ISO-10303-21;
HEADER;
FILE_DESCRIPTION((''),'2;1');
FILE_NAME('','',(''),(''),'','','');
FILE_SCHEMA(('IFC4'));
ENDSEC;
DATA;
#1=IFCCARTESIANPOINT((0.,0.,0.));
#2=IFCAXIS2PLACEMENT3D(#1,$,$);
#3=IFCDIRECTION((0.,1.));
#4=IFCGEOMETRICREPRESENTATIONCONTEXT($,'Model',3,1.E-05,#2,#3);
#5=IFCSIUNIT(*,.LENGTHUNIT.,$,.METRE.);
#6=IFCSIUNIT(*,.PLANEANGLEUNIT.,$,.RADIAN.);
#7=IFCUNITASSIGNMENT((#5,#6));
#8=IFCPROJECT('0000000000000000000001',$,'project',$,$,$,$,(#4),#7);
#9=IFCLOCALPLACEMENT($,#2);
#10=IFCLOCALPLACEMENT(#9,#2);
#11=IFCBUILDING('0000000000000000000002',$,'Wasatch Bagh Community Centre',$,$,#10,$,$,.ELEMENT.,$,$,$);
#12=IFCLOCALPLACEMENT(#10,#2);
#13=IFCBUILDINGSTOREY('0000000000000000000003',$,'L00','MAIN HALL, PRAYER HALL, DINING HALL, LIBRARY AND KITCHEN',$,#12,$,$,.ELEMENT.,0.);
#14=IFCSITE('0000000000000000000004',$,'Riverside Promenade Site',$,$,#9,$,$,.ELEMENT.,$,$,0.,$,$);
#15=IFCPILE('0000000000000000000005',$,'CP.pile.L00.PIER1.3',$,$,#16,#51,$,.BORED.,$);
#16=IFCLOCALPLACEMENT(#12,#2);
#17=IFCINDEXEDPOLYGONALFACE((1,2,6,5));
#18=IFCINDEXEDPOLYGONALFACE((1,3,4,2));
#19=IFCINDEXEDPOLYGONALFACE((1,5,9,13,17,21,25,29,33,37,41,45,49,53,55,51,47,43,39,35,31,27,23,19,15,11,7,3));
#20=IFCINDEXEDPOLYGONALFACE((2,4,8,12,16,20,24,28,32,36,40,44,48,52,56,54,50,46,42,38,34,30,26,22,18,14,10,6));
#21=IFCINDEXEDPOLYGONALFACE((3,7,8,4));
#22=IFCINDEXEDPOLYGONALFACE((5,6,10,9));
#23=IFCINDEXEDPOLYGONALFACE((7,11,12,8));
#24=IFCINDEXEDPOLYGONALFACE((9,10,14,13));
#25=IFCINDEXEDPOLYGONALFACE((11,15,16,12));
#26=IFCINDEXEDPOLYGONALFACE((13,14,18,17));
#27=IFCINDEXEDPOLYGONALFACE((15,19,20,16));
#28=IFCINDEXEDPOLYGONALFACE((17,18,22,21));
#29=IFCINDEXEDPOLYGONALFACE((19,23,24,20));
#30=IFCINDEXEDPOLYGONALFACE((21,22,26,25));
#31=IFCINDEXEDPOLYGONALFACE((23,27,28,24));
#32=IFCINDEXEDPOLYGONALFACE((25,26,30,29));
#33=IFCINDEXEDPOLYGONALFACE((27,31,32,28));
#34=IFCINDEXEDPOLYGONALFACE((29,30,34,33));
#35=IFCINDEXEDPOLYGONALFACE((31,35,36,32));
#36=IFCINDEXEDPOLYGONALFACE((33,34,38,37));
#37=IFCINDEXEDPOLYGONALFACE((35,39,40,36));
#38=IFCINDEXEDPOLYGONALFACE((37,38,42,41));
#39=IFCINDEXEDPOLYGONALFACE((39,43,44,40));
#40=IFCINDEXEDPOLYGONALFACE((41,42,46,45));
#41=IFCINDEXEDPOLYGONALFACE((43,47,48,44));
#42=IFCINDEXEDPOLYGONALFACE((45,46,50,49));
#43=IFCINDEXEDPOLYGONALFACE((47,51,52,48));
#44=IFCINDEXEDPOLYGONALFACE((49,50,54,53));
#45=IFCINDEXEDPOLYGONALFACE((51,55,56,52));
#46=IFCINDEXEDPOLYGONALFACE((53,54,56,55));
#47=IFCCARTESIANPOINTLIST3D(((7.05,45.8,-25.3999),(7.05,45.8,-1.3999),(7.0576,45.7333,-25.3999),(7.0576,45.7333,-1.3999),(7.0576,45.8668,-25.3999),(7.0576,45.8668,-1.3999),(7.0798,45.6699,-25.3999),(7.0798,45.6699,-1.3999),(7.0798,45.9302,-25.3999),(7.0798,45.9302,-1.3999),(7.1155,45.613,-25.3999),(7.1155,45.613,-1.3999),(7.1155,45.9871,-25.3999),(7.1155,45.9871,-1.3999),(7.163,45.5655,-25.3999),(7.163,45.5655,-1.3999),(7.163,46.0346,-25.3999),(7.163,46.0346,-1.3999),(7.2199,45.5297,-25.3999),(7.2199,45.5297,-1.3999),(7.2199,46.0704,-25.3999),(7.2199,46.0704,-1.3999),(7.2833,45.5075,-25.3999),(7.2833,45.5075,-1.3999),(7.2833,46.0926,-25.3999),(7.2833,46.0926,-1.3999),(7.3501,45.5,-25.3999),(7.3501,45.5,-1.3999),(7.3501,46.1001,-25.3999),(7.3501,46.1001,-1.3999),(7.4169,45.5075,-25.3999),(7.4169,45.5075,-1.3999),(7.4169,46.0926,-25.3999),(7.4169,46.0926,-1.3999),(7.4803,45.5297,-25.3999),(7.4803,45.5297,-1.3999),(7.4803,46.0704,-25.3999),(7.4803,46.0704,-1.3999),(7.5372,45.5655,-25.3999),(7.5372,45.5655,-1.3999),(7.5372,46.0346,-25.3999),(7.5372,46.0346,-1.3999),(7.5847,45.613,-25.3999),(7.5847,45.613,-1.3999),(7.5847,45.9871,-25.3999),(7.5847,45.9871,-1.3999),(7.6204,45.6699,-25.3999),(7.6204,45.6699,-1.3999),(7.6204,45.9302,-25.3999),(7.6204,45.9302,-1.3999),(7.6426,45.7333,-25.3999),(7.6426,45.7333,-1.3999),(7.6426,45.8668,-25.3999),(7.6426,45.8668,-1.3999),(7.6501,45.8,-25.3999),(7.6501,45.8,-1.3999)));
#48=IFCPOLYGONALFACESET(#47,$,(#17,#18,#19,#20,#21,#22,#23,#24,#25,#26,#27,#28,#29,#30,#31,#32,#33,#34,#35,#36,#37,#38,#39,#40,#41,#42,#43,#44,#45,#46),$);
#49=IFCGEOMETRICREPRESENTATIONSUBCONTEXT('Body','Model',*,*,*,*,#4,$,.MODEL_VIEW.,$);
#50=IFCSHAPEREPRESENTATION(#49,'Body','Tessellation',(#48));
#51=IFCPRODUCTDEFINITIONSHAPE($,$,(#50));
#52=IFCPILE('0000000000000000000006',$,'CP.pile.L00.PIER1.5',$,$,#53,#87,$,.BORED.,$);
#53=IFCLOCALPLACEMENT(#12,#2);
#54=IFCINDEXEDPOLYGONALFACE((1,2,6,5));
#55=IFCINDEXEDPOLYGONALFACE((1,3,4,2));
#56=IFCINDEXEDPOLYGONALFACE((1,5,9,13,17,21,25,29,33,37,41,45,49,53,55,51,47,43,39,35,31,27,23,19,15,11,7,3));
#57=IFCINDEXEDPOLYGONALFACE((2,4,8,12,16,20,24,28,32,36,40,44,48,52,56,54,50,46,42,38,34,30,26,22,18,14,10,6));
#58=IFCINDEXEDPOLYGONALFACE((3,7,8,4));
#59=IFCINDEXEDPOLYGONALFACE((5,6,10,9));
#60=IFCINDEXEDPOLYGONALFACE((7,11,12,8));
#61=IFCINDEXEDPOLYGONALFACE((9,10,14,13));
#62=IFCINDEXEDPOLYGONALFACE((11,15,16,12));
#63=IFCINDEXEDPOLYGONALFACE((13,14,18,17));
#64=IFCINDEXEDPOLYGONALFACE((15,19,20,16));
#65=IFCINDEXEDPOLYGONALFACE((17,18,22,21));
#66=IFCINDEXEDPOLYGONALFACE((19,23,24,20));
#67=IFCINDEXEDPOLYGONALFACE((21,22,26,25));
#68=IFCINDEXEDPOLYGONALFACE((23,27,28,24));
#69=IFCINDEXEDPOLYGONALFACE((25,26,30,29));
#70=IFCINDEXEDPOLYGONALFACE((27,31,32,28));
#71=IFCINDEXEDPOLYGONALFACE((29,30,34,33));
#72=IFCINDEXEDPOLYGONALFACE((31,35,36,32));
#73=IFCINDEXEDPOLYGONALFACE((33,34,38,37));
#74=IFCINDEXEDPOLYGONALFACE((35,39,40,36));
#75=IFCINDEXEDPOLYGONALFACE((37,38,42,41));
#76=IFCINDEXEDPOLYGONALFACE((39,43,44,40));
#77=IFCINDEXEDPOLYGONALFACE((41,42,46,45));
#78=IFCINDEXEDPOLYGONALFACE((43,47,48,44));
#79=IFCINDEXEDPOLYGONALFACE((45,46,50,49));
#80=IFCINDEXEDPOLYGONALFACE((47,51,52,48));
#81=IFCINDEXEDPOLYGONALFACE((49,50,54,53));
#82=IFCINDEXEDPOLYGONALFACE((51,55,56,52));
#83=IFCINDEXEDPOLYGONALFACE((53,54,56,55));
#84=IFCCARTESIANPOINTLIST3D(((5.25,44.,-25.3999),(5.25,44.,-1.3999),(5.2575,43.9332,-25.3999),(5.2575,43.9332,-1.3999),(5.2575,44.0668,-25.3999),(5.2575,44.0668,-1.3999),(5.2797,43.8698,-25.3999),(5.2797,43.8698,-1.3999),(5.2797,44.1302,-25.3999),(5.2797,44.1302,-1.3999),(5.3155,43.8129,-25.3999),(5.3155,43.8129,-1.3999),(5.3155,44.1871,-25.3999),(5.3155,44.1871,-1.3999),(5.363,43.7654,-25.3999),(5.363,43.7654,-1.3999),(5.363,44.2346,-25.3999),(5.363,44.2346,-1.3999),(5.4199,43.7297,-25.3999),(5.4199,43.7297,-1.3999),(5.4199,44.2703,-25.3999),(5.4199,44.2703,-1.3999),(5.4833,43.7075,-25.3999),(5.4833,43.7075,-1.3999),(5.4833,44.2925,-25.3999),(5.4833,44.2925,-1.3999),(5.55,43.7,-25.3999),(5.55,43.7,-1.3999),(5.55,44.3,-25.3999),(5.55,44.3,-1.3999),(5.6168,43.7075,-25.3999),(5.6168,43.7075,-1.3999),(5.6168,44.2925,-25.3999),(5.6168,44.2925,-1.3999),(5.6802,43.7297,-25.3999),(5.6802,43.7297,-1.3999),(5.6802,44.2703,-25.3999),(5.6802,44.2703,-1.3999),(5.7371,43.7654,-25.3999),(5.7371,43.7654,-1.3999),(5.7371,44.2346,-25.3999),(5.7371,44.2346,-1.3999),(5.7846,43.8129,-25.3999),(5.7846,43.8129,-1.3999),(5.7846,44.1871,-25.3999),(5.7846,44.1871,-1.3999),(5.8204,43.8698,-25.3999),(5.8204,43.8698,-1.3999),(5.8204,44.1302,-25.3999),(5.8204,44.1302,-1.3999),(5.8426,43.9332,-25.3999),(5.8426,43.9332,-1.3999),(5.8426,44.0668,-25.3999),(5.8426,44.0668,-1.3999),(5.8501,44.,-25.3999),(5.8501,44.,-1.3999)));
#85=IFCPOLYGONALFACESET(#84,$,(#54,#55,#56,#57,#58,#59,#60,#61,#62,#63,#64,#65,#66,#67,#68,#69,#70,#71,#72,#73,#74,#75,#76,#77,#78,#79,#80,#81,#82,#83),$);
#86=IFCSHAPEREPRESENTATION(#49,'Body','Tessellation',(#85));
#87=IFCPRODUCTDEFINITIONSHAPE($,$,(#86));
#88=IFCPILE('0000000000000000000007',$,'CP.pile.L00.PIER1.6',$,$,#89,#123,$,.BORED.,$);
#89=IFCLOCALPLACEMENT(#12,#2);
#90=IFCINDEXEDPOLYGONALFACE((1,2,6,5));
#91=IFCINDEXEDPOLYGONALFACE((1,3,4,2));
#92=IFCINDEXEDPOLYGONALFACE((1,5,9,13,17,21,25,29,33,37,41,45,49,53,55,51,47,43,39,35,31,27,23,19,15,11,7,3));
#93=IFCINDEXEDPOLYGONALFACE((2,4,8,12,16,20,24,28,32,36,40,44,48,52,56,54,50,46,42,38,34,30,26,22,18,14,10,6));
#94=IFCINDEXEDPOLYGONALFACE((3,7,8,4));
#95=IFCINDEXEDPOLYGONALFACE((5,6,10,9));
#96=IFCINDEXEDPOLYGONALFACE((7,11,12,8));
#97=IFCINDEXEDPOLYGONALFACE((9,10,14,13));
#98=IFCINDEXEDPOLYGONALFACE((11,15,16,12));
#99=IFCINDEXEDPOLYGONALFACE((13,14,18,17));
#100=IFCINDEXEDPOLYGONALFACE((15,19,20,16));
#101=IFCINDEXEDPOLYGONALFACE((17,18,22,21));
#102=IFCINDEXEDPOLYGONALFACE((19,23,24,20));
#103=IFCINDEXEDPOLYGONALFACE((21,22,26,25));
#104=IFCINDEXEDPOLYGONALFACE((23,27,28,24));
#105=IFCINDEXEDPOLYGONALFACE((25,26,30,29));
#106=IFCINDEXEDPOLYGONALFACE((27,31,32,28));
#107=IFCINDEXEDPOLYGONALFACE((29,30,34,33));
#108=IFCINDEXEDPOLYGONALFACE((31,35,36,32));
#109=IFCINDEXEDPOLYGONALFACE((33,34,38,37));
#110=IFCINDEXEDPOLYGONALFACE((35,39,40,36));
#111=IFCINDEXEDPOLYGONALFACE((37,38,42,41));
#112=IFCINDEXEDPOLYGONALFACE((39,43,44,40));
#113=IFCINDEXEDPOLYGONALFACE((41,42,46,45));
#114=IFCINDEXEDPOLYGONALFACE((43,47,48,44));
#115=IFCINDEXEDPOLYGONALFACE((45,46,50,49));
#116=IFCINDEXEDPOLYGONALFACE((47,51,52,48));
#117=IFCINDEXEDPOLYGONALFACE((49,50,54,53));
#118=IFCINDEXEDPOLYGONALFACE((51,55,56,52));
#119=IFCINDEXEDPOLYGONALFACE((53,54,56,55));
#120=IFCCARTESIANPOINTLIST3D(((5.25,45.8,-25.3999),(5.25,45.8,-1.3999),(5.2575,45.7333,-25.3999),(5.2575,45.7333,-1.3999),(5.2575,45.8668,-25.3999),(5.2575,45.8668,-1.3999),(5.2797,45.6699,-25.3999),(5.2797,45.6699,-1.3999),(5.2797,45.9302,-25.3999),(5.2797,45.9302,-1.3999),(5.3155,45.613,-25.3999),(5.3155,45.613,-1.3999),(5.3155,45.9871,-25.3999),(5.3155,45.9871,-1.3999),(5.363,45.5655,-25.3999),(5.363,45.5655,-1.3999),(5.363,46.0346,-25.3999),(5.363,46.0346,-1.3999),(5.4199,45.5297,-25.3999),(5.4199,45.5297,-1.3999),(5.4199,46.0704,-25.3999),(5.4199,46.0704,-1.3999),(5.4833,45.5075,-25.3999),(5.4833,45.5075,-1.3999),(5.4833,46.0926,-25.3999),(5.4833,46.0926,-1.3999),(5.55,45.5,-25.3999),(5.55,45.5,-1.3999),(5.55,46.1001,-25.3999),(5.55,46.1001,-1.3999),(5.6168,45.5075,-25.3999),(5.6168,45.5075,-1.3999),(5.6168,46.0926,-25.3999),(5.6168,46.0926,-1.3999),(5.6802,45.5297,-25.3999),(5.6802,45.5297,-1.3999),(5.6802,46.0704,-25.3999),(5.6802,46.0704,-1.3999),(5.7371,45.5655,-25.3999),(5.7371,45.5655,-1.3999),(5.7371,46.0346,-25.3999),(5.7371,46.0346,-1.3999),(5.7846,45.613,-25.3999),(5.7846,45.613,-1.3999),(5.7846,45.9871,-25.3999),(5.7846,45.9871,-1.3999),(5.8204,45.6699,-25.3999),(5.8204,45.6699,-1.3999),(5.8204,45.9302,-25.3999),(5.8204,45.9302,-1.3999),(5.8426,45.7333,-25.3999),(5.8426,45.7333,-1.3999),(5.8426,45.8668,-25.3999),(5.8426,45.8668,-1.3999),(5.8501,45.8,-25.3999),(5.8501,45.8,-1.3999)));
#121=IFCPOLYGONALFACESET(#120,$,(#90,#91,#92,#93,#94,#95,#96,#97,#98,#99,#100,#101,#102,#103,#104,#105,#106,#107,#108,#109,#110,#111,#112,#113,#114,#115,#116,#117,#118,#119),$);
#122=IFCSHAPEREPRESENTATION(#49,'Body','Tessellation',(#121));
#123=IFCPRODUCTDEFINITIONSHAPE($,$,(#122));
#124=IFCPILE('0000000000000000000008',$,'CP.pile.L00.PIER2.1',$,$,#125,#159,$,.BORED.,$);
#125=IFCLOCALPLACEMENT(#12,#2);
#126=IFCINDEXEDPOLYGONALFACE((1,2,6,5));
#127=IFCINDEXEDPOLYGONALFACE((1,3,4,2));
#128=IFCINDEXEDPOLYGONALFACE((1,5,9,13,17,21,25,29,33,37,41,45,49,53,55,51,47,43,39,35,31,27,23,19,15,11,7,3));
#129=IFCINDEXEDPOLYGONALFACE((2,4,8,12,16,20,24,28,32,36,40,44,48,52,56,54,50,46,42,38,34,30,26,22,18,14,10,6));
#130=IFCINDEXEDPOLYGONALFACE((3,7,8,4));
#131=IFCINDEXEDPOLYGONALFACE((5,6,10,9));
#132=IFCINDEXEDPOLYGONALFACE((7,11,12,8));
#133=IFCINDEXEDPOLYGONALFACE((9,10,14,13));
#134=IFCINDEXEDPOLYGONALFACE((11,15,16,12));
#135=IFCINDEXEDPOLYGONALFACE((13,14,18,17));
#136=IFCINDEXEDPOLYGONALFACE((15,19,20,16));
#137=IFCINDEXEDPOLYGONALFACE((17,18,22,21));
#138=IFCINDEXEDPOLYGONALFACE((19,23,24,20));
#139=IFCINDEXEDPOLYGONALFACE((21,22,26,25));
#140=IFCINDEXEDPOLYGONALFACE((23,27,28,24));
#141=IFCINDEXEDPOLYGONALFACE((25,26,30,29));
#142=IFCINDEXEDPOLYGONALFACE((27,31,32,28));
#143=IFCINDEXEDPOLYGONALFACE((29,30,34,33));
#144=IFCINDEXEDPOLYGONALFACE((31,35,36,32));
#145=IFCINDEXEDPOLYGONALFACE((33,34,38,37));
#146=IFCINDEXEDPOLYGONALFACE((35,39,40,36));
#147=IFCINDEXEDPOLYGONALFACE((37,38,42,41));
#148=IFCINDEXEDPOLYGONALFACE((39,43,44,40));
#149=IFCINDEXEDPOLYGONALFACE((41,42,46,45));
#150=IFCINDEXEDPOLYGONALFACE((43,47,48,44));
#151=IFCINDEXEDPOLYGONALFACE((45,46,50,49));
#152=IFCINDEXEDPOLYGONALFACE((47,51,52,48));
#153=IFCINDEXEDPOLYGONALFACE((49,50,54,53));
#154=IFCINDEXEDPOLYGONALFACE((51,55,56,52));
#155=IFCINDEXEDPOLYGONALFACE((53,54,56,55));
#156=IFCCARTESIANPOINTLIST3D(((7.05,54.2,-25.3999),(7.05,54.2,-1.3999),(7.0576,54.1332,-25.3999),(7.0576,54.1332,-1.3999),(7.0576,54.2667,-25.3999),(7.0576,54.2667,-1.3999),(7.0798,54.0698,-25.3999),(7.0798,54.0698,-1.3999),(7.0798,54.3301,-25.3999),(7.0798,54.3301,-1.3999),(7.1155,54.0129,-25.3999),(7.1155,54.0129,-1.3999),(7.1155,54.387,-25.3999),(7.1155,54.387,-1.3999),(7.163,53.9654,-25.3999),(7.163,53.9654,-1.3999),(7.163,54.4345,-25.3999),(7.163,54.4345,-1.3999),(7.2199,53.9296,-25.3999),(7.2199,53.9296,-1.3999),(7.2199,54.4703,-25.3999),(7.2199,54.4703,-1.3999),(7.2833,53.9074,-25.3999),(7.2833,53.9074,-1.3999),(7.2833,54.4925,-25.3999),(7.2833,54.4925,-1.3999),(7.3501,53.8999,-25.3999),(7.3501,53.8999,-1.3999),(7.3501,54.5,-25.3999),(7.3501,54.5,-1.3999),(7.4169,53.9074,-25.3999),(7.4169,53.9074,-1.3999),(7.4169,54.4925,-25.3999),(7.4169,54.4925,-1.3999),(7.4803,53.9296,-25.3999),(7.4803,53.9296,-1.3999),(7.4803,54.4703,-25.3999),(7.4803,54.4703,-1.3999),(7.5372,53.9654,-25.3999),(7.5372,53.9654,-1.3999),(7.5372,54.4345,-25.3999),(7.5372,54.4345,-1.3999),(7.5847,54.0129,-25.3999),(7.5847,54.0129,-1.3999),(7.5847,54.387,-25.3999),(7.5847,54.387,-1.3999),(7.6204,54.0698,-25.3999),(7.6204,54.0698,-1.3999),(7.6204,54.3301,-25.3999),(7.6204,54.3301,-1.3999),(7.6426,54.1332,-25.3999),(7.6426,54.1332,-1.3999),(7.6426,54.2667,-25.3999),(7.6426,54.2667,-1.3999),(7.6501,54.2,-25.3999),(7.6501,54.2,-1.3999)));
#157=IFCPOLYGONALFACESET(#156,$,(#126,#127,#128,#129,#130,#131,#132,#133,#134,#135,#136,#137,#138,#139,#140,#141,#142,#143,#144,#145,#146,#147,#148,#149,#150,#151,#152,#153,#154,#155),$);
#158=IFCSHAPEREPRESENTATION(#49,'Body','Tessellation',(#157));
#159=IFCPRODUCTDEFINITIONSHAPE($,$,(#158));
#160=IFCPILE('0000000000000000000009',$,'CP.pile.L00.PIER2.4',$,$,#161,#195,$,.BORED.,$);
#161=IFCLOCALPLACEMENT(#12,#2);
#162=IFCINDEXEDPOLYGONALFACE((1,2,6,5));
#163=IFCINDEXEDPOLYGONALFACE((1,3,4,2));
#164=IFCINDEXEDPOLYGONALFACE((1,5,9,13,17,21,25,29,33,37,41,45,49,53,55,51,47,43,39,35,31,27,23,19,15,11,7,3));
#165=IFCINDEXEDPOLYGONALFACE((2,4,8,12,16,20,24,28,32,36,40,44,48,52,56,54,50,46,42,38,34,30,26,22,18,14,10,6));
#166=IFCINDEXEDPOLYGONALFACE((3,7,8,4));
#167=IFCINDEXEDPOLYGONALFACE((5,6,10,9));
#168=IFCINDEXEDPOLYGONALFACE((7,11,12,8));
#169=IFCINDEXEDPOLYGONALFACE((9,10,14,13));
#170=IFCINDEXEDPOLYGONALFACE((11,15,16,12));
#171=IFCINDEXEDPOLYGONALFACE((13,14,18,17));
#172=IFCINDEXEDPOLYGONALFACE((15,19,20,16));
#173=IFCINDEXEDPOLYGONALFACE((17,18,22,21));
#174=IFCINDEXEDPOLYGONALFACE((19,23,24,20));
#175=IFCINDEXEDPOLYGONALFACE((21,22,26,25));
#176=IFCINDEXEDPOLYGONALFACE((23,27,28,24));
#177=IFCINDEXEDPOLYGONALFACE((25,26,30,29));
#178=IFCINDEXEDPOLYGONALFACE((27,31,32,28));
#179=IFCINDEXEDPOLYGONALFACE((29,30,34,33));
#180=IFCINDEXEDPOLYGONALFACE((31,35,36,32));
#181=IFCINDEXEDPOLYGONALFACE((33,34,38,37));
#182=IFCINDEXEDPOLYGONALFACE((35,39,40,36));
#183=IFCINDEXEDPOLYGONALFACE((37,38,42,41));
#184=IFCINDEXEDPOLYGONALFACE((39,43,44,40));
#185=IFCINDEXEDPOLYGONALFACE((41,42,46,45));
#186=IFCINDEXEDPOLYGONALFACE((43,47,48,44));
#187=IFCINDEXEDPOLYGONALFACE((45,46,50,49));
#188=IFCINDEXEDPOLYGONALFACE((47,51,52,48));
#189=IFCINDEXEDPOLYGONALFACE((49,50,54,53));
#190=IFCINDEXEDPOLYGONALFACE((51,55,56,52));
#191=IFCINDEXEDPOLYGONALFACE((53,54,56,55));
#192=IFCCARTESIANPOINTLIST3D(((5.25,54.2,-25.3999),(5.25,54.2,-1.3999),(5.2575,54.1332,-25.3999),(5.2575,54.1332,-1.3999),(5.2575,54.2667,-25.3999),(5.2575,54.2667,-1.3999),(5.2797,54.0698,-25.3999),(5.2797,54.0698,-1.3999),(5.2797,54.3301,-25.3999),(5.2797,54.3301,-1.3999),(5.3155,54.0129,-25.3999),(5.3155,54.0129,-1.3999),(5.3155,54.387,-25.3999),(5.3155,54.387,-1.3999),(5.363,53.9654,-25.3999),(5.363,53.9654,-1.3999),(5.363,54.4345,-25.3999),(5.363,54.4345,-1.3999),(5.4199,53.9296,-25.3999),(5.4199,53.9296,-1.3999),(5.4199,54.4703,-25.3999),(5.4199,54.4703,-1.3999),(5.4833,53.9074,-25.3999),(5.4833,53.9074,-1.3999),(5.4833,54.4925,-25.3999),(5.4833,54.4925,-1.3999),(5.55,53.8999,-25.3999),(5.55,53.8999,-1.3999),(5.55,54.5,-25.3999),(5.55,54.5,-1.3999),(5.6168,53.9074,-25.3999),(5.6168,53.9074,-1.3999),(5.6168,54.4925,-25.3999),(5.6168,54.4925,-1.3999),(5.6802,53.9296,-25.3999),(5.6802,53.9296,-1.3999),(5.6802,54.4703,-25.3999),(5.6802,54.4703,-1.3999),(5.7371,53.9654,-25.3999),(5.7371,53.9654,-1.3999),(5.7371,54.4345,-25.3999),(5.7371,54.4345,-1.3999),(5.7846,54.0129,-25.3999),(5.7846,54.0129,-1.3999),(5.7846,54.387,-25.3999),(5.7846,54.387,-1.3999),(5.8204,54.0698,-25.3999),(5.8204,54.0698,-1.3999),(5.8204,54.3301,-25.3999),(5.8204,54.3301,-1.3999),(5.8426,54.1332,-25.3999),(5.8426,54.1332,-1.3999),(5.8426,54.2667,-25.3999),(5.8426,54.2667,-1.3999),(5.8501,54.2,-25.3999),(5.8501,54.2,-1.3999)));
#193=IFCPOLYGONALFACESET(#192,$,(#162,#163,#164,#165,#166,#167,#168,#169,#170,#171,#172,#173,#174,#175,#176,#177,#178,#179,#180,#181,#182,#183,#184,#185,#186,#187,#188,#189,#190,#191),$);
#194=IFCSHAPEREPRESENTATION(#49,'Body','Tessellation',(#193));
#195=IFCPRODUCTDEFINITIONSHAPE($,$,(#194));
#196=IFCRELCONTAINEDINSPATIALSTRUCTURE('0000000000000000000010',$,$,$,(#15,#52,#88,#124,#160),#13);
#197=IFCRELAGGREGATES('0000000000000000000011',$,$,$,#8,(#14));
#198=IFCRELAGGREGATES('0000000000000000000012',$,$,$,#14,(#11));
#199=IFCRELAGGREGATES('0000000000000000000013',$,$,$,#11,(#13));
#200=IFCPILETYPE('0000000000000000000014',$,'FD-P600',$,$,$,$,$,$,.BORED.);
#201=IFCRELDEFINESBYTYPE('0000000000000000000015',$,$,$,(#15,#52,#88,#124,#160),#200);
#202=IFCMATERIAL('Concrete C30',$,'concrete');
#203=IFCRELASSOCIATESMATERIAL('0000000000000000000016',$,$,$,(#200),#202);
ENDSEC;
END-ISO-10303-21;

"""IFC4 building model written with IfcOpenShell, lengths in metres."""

from ifc_helpers import new_model, si_unit, direction, frame, origin, origin_2d, place, context, subcontext, project, spatial, circle, extrude, material, material_profile, profile_set, type_object, element, save


model = new_model("IFC4")

# Units and contexts
model_context = context("Model", 3, precision=1e-05, world=origin(), true_north=direction((0.0, 1.0)))
body_context = subcontext(model_context, "Body", "Model", "MODEL_VIEW")
ifc_project = project(units=[si_unit("LENGTHUNIT", "METRE"), si_unit("PLANEANGLEUNIT", "RADIAN")], contexts=[model_context])

# Site, building, storey
site_placement = place(None, origin())
site = spatial("IfcSite", under=ifc_project, at=site_placement, Name="Riverside Promenade Site", CompositionType="ELEMENT", RefElevation=0.0)
building_placement = place(site_placement, origin())
building = spatial("IfcBuilding", under=site, at=building_placement, Name="Wasatch Bagh Community Centre", CompositionType="ELEMENT")
storey_placement = place(building_placement, origin())
storey = spatial("IfcBuildingStorey", under=building, at=storey_placement, Name="L00", Description="MAIN HALL, PRAYER HALL, DINING HALL, LIBRARY AND KITCHEN", CompositionType="ELEMENT", Elevation=0.0)

# Shared definitions
ifc_material_1 = material(Name="Concrete C30", Category="concrete")

# Piles
ifc_material_profile_1 = material_profile(ifc_material_1, circle(Radius=0.3, at=origin_2d()), Name="RC D600")
ifc_profile_set_1 = profile_set([ifc_material_profile_1], Name="Concrete C30")
pile_type_1 = type_object("IfcPileType", Name="FD-P600", PredefinedType="BORED", material=ifc_profile_set_1)
for number, where, z_axis, x_axis, name in (
    (1, (7.3501, 45.8, -1.3999), (0.0, 0.0, -1.0), (1.0, 0.0, 0.0), "CP.pile.L00.PIER1.3"),
    (2, (5.55, 44.0, -1.3999), (0.0, 0.0, -1.0), (1.0, 0.0, 0.0), "CP.pile.L00.PIER1.5"),
    (3, (5.55, 45.8, -1.3999), (0.0, 0.0, -1.0), (1.0, 0.0, 0.0), "CP.pile.L00.PIER1.6"),
    (4, (7.3501, 54.2, -1.3999), (0.0, 0.0, -1.0), (1.0, 0.0, 0.0), "CP.pile.L00.PIER2.1"),
    (5, (5.55, 54.2, -1.3999), (0.0, 0.0, -1.0), (1.0, 0.0, 0.0), "CP.pile.L00.PIER2.4"),
):
    element("IfcPile", number, at=place(storey_placement, frame(where, z_axis=z_axis, x_axis=x_axis)), inside=storey, type_object=pile_type_1, Name=name, PredefinedType="BORED", context=body_context, shape_type="SweptSolid", body=[
        extrude(circle(Radius=0.3, at=origin_2d()), origin(), (0.0, 0.0, 1.0), 24.0),
    ])

save(model, "model.ifc")
